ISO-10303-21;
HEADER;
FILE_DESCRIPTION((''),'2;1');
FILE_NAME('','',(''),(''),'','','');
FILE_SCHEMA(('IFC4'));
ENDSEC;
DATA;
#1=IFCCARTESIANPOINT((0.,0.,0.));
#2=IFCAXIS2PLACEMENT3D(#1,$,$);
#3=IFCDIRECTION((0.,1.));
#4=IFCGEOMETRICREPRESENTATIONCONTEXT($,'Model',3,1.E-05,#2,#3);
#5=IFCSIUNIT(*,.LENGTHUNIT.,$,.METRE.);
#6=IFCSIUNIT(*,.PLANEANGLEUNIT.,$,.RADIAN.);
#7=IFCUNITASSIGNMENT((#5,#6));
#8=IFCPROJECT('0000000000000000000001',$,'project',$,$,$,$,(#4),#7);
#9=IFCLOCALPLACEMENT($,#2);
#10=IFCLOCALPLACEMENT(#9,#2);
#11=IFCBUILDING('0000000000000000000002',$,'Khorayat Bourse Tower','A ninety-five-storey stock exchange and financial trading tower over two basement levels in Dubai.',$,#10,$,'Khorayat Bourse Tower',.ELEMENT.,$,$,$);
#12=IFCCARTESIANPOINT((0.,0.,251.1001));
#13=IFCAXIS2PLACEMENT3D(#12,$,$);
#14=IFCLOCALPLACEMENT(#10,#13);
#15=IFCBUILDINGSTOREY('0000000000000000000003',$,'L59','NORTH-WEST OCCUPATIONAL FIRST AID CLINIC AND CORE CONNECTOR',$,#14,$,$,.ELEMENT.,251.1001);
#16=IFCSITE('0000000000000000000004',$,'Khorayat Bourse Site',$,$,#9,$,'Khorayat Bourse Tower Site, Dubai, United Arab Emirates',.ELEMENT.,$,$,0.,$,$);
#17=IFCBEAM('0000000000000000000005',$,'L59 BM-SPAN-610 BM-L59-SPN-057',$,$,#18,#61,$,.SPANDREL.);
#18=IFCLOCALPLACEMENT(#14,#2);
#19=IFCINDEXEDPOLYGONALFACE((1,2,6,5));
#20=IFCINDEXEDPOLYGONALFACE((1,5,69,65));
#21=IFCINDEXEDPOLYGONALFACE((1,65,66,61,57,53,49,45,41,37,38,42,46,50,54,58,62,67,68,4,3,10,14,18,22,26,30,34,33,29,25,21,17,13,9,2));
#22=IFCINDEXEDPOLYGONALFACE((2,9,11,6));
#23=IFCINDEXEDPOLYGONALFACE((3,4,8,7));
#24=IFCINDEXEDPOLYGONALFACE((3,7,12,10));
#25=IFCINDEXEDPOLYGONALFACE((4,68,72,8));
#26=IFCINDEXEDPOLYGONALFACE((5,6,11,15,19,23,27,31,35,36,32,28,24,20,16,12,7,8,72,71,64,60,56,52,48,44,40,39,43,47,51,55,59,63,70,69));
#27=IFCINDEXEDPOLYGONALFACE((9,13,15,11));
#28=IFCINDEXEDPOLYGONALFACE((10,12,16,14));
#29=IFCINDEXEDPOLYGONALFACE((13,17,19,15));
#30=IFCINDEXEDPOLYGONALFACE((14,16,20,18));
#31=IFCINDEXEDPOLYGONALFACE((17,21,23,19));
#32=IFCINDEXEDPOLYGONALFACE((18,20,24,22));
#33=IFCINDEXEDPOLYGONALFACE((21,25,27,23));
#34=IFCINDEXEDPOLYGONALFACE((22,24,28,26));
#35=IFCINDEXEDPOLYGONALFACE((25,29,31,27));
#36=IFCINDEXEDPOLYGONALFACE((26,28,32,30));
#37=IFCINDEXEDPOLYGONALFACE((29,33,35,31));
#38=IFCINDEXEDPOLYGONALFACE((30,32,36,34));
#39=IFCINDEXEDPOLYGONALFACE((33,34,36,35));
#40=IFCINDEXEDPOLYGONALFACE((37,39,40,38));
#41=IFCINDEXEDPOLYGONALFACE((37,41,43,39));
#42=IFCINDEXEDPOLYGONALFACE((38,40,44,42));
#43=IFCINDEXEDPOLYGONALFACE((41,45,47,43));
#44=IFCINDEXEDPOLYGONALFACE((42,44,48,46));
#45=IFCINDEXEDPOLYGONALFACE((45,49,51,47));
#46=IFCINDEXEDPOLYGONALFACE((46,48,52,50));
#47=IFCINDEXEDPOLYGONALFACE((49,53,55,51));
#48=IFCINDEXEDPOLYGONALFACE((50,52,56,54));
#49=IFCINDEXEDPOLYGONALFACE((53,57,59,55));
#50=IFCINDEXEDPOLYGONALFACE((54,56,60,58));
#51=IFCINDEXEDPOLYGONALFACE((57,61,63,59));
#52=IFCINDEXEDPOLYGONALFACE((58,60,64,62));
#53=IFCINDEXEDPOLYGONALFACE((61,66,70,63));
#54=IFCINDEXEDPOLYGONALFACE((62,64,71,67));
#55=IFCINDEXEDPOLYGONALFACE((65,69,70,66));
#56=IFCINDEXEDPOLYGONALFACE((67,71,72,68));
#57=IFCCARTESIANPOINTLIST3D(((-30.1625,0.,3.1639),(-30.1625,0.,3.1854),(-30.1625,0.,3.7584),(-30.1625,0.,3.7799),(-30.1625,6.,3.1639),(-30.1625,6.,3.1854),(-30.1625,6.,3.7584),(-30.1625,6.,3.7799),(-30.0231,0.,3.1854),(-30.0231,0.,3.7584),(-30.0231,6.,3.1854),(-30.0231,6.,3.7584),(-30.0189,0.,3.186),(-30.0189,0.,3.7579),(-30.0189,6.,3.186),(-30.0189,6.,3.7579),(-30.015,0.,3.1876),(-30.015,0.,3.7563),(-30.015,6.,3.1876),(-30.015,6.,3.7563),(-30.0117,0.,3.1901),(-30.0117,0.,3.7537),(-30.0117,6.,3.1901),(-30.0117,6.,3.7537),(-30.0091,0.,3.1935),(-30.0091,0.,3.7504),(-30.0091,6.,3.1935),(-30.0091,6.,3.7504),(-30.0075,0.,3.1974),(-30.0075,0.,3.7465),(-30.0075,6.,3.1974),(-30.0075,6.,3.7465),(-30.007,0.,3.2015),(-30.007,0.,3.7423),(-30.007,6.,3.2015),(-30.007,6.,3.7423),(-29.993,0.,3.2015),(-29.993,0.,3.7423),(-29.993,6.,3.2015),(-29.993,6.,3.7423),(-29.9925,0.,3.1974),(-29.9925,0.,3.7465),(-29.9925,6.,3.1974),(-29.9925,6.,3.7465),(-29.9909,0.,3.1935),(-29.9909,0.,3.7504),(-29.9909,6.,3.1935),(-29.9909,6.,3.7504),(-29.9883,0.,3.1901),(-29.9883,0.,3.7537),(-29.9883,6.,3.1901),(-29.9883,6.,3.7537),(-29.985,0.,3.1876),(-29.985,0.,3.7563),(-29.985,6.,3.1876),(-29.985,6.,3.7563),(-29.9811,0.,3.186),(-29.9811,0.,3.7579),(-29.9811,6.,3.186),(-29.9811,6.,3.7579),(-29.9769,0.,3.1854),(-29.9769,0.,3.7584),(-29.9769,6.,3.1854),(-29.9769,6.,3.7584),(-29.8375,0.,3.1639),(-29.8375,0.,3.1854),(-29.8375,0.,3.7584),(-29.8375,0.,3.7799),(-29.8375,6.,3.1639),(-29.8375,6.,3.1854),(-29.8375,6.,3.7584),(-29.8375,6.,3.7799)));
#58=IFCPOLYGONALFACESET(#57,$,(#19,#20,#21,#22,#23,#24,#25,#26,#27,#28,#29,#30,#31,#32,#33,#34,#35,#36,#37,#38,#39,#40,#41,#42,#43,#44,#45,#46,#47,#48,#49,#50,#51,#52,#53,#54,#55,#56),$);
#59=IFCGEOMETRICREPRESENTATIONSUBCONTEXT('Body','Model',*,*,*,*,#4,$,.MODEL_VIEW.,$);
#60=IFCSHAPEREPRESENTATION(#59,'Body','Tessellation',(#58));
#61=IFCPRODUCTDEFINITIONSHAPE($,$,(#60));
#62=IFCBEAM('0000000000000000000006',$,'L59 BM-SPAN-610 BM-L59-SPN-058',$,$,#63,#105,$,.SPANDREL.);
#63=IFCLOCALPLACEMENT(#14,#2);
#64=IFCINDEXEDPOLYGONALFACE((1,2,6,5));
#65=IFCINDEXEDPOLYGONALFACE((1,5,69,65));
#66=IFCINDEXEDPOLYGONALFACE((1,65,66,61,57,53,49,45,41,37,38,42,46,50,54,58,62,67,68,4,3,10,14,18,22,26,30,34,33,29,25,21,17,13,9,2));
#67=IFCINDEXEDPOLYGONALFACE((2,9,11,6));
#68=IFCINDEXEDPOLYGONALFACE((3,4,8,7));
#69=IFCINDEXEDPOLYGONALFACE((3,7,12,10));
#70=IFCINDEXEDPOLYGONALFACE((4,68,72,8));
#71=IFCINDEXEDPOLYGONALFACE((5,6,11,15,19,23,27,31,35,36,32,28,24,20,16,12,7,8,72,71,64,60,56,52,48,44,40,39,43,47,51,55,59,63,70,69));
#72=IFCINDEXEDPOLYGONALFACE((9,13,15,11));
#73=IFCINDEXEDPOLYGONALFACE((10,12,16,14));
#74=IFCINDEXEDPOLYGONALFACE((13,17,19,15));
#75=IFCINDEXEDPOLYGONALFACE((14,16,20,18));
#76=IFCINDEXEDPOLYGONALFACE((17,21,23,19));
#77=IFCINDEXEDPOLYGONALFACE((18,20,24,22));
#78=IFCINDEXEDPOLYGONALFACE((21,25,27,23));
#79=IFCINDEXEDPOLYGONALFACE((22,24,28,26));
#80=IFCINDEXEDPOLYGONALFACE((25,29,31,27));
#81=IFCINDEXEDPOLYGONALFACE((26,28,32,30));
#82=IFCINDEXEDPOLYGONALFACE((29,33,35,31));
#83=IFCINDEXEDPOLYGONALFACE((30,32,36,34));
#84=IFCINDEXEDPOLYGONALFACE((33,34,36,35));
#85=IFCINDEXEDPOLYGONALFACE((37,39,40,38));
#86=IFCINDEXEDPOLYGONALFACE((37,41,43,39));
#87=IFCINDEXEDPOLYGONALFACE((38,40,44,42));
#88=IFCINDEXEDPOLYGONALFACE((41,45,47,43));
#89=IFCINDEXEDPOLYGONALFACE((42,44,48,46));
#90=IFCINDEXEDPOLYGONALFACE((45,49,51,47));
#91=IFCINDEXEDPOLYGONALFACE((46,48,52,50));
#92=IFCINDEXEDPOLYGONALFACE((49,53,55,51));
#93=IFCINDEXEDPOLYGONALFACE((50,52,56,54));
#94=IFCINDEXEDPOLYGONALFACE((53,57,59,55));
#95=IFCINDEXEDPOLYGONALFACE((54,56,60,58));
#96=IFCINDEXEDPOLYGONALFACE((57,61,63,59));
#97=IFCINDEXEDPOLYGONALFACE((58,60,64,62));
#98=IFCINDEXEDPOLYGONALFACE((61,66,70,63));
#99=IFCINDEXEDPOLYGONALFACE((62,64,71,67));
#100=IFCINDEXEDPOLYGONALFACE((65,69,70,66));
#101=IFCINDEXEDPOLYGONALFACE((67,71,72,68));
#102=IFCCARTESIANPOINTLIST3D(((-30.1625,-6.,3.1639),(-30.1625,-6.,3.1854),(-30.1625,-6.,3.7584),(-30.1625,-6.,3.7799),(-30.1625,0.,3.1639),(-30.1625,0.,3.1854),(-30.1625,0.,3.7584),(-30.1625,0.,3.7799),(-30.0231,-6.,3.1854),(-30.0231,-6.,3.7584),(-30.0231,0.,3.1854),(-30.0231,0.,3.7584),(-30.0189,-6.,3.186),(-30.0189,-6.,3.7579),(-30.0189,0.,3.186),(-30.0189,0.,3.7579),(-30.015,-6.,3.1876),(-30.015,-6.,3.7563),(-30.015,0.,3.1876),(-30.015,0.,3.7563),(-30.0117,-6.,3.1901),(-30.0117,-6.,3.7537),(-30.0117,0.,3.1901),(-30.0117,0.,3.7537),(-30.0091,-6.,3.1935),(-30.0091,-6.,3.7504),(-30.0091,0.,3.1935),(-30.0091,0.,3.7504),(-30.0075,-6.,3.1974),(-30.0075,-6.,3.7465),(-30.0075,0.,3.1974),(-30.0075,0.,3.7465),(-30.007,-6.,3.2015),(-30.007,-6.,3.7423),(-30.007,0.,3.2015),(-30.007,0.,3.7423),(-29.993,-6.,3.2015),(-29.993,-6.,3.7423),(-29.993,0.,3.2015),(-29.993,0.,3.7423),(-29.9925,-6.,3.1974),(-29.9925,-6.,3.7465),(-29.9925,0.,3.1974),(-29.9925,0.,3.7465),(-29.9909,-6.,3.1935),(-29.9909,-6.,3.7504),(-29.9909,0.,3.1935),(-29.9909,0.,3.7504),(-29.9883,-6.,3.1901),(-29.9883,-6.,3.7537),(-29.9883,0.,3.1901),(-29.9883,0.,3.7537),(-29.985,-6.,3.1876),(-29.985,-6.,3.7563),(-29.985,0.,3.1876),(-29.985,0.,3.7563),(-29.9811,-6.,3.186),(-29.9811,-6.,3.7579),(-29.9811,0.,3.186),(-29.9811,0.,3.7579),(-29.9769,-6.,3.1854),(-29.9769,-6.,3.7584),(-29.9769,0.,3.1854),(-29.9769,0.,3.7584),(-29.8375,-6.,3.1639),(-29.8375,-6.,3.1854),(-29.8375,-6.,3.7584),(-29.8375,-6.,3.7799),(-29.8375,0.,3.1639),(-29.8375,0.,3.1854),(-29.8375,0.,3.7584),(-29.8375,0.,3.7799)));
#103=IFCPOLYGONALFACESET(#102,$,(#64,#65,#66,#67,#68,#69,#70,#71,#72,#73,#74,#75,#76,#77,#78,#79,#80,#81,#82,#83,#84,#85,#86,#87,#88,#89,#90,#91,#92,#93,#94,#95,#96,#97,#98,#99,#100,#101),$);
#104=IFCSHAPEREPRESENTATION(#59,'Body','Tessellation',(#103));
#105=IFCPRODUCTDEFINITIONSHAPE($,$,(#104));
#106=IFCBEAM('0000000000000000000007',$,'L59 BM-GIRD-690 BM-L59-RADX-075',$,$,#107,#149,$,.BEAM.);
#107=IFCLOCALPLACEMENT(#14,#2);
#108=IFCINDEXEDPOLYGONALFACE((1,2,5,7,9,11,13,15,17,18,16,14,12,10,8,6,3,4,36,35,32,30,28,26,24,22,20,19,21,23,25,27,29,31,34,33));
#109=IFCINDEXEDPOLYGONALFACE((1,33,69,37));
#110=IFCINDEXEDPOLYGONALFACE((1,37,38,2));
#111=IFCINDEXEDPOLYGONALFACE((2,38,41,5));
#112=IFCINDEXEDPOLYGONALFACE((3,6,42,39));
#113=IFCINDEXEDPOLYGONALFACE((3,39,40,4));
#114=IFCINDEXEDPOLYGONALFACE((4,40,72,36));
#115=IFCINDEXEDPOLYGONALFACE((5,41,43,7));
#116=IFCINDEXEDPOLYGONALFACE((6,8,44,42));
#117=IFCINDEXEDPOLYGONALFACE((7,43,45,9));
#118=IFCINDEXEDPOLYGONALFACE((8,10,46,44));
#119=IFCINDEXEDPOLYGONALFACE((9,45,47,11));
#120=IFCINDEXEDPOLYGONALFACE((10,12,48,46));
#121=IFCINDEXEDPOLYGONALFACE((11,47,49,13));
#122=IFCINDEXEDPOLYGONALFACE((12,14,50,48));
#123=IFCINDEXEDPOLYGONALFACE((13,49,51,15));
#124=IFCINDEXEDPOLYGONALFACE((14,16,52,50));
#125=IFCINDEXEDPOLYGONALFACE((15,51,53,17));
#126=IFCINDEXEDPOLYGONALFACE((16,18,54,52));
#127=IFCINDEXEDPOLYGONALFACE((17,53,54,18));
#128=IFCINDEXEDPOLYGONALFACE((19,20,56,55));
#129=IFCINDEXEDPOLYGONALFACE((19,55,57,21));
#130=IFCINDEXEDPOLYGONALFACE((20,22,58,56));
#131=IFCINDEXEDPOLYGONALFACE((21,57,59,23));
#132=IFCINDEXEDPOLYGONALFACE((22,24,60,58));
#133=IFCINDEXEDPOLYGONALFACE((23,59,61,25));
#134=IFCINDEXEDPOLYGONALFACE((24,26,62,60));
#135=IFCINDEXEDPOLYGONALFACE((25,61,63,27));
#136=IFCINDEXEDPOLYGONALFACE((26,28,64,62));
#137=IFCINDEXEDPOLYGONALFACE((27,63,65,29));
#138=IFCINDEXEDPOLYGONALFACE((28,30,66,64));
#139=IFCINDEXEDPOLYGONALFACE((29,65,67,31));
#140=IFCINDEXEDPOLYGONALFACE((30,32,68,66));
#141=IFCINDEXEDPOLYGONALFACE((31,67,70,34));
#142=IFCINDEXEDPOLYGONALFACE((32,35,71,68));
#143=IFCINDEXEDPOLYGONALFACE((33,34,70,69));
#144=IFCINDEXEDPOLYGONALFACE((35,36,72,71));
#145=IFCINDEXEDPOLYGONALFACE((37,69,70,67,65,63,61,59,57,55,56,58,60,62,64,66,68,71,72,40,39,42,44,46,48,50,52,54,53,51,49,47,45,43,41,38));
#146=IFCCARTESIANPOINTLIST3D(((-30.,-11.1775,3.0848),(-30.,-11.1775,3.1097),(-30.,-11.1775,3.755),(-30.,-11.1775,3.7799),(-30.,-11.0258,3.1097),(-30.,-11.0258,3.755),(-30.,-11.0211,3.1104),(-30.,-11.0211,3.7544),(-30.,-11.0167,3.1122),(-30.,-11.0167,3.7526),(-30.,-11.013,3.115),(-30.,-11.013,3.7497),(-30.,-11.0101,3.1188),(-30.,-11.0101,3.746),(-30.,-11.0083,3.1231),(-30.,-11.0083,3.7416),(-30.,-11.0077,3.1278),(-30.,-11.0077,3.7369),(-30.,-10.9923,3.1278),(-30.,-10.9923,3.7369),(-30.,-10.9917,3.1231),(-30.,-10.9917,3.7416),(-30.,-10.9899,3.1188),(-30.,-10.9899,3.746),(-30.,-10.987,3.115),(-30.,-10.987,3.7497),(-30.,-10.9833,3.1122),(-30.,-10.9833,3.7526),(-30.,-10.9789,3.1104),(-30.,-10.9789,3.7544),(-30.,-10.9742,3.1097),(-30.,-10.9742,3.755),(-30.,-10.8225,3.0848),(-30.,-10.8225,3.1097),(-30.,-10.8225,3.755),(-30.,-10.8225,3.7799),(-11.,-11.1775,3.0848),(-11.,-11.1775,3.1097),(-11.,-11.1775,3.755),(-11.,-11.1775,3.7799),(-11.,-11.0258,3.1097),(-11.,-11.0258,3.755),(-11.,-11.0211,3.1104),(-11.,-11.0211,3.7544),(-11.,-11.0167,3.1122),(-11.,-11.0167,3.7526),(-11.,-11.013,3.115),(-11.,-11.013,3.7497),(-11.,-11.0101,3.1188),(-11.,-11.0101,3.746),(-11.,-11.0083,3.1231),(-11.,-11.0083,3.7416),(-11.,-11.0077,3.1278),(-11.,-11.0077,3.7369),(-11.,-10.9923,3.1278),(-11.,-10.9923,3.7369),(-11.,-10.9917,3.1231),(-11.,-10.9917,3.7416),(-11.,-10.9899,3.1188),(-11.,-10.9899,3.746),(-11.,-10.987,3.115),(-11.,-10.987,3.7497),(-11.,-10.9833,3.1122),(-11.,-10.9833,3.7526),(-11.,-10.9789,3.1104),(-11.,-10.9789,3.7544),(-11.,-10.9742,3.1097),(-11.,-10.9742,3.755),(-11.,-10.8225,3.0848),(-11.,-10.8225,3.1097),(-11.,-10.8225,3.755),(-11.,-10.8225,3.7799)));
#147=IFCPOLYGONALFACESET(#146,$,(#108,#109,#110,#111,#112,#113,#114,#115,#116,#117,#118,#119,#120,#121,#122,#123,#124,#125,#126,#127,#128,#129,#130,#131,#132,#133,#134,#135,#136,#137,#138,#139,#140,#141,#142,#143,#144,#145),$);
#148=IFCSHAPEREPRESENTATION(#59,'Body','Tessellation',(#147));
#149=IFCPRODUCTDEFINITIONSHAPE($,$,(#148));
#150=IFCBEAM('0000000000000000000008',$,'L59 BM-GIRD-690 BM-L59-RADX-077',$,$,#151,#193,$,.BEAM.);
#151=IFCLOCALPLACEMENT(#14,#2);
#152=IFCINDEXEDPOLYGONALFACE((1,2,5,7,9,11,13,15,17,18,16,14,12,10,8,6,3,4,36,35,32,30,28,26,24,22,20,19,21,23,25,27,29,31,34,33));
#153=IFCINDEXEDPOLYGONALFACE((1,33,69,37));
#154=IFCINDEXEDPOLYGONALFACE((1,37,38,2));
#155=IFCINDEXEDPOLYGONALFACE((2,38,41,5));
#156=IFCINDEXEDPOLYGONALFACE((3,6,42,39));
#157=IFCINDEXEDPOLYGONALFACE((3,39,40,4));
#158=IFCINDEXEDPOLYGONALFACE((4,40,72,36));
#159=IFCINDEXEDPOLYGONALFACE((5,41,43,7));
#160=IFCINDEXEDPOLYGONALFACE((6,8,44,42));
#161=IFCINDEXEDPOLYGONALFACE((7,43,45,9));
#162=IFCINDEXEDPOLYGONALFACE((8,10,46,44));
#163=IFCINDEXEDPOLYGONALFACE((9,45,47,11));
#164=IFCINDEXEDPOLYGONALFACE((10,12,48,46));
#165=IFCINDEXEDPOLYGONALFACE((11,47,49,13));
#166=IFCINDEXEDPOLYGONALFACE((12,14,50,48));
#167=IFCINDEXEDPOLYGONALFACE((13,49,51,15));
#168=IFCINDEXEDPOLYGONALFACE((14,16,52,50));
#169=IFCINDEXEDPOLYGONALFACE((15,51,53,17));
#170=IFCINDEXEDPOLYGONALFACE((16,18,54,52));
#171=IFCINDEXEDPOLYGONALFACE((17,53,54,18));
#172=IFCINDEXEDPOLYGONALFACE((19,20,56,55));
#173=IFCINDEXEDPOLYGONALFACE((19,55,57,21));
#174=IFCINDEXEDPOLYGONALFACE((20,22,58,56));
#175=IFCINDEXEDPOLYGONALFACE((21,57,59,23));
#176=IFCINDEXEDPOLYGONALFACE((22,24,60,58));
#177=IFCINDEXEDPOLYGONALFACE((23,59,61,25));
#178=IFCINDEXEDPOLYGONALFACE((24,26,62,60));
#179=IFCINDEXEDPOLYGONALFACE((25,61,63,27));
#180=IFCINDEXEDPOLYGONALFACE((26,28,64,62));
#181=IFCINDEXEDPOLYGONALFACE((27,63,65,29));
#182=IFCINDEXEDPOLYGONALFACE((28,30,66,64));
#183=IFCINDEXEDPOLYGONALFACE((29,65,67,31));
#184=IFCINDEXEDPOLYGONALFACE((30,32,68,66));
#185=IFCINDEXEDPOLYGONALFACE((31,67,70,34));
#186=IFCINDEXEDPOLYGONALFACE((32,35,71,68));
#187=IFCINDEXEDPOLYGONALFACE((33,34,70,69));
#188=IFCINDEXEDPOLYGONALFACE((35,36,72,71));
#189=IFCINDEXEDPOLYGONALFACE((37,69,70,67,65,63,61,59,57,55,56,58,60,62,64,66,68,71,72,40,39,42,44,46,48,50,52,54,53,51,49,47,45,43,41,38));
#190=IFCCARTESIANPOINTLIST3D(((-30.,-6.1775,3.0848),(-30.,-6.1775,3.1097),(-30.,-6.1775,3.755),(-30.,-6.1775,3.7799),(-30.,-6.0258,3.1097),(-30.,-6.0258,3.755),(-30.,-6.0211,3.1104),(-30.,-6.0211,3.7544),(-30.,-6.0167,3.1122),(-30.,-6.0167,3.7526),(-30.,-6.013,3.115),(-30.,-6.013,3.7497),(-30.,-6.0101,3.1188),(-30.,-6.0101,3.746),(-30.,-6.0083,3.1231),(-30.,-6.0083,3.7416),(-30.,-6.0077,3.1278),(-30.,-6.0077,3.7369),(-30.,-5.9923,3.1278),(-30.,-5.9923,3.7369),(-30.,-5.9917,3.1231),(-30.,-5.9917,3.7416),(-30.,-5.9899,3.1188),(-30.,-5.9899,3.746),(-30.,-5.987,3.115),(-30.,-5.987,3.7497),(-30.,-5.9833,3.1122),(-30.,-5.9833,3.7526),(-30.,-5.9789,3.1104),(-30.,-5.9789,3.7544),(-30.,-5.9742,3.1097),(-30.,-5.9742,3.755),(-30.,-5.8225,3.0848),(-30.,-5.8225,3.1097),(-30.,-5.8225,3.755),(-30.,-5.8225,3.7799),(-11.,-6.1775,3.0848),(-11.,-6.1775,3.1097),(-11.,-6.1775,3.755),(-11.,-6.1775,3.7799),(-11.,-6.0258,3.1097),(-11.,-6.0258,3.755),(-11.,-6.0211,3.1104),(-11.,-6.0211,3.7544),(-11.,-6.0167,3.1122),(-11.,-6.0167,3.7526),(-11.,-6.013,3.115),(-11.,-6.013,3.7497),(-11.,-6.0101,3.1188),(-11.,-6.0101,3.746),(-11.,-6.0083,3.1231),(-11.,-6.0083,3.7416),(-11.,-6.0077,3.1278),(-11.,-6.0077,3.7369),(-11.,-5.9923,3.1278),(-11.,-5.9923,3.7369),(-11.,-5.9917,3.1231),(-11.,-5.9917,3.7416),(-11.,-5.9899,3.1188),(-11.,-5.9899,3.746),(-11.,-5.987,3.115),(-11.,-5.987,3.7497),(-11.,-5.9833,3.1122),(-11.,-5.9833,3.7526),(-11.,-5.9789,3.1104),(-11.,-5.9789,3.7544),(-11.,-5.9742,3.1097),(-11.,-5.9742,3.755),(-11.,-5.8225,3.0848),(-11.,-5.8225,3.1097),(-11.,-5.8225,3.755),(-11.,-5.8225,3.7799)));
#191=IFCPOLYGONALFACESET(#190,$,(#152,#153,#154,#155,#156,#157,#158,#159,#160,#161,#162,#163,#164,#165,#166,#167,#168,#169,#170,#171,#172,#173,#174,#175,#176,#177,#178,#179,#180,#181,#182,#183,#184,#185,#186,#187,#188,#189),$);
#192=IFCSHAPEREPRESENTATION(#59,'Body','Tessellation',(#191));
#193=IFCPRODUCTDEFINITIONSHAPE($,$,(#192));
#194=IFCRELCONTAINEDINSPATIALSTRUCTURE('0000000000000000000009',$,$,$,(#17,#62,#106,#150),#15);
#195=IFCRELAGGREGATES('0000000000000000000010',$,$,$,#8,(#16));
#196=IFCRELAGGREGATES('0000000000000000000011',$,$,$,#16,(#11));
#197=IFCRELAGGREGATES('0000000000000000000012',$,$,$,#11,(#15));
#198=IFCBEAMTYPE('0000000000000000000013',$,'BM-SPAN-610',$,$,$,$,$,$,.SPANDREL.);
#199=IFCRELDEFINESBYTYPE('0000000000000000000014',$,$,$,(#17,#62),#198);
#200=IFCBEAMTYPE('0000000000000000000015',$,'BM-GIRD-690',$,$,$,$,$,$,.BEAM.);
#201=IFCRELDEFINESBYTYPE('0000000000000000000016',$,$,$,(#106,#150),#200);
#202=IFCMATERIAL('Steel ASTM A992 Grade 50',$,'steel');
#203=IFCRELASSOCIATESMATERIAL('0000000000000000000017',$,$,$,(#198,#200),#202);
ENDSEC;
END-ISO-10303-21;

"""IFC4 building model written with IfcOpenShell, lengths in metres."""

from ifc_helpers import new_model, si_unit, direction, frame, origin, origin_2d, place, context, subcontext, project, spatial, i_section, extrude, source, transform, mapped, material, material_profile, profile_set, type_object, element, save


model = new_model("IFC4")

# Units and contexts
model_context = context("Model", 3, precision=1e-05, world=origin(), true_north=direction((0.0, 1.0)))
body_context = subcontext(model_context, "Body", "Model", "MODEL_VIEW")
ifc_project = project(units=[si_unit("LENGTHUNIT", "METRE"), si_unit("PLANEANGLEUNIT", "RADIAN")], contexts=[model_context])

# Site, building, storey
site_placement = place(None, origin())
site = spatial("IfcSite", under=ifc_project, at=site_placement, Name="Khorayat Bourse Site", LongName="Khorayat Bourse Tower Site, Dubai, United Arab Emirates", CompositionType="ELEMENT", RefElevation=0.0)
building_placement = place(site_placement, origin())
building = spatial("IfcBuilding", under=site, at=building_placement, Name="Khorayat Bourse Tower", Description="A ninety-five-storey stock exchange and financial trading tower over two basement levels in Dubai.", LongName="Khorayat Bourse Tower", CompositionType="ELEMENT")
storey_placement = place(building_placement, frame((0.0, 0.0, 251.1001)))
storey = spatial("IfcBuildingStorey", under=building, at=storey_placement, Name="L59", Description="NORTH-WEST OCCUPATIONAL FIRST AID CLINIC AND CORE CONNECTOR", CompositionType="ELEMENT", Elevation=251.1001)

# Beams
ifc_material_1 = material(Name="Steel ASTM A992 Grade 50", Category="steel")
ifc_material_profile_1 = material_profile(ifc_material_1, i_section(OverallWidth=0.325, OverallDepth=0.616, WebThickness=0.0139, FlangeThickness=0.0215, FilletRadius=0.0161, at=origin_2d()), Name="W610X174")
ifc_profile_set_1 = profile_set([ifc_material_profile_1], Name="Steel ASTM A992 Grade 50")
beam_type_1 = type_object("IfcBeamType", Name="BM-SPAN-610", PredefinedType="SPANDREL", material=ifc_profile_set_1)
shared_shape_1 = source(origin(), body_context, "Body", "SweptSolid", [
    extrude(i_section(OverallWidth=0.325, OverallDepth=0.616, WebThickness=0.0139, FlangeThickness=0.0215, FilletRadius=0.0161, at=origin_2d()), origin(), (0.0, 0.0, 1.0), 6.0),
])
for number, where, z_axis, x_axis, name in (
    (1, (-30.0, 0.0, 3.4719), (0.0, 1.0, 0.0), (-1.0, 0.0, 0.0), "L59 BM-SPAN-610 BM-L59-SPN-057"),
    (2, (-30.0, -6.0, 3.4719), (0.0, 1.0, 0.0), (-1.0, 0.0, 0.0), "L59 BM-SPAN-610 BM-L59-SPN-058"),
):
    element("IfcBeam", number, at=place(storey_placement, frame(where, z_axis=z_axis, x_axis=x_axis)), inside=storey, type_object=beam_type_1, Name=name, PredefinedType="SPANDREL", context=body_context, shape_type="MappedRepresentation", body=[
        mapped(shared_shape_1, transform((0.0, 0.0, 0.0), scale=1.0)),
    ])
ifc_material_profile_2 = material_profile(ifc_material_1, i_section(OverallWidth=0.355, OverallDepth=0.6951, WebThickness=0.0154, FlangeThickness=0.0249, FilletRadius=0.0181, at=origin_2d()), Name="W690X217")
ifc_profile_set_2 = profile_set([ifc_material_profile_2], Name="Steel ASTM A992 Grade 50")
beam_type_2 = type_object("IfcBeamType", Name="BM-GIRD-690", PredefinedType="BEAM", material=ifc_profile_set_2)
shared_shape_2 = source(origin(), body_context, "Body", "SweptSolid", [
    extrude(i_section(OverallWidth=0.355, OverallDepth=0.6951, WebThickness=0.0154, FlangeThickness=0.0249, FilletRadius=0.0181, at=origin_2d()), origin(), (0.0, 0.0, 1.0), 19.0),
])
for number, where, z_axis, x_axis, name in (
    (3, (-30.0, -11.0, 3.4324), (1.0, 0.0, 0.0), (0.0, 1.0, 0.0), "L59 BM-GIRD-690 BM-L59-RADX-075"),
    (4, (-30.0, -6.0, 3.4324), (1.0, 0.0, 0.0), (0.0, 1.0, 0.0), "L59 BM-GIRD-690 BM-L59-RADX-077"),
):
    element("IfcBeam", number, at=place(storey_placement, frame(where, z_axis=z_axis, x_axis=x_axis)), inside=storey, type_object=beam_type_2, Name=name, PredefinedType="BEAM", context=body_context, shape_type="MappedRepresentation", body=[
        mapped(shared_shape_2, transform((0.0, 0.0, 0.0), scale=1.0)),
    ])

save(model, "model.ifc")
